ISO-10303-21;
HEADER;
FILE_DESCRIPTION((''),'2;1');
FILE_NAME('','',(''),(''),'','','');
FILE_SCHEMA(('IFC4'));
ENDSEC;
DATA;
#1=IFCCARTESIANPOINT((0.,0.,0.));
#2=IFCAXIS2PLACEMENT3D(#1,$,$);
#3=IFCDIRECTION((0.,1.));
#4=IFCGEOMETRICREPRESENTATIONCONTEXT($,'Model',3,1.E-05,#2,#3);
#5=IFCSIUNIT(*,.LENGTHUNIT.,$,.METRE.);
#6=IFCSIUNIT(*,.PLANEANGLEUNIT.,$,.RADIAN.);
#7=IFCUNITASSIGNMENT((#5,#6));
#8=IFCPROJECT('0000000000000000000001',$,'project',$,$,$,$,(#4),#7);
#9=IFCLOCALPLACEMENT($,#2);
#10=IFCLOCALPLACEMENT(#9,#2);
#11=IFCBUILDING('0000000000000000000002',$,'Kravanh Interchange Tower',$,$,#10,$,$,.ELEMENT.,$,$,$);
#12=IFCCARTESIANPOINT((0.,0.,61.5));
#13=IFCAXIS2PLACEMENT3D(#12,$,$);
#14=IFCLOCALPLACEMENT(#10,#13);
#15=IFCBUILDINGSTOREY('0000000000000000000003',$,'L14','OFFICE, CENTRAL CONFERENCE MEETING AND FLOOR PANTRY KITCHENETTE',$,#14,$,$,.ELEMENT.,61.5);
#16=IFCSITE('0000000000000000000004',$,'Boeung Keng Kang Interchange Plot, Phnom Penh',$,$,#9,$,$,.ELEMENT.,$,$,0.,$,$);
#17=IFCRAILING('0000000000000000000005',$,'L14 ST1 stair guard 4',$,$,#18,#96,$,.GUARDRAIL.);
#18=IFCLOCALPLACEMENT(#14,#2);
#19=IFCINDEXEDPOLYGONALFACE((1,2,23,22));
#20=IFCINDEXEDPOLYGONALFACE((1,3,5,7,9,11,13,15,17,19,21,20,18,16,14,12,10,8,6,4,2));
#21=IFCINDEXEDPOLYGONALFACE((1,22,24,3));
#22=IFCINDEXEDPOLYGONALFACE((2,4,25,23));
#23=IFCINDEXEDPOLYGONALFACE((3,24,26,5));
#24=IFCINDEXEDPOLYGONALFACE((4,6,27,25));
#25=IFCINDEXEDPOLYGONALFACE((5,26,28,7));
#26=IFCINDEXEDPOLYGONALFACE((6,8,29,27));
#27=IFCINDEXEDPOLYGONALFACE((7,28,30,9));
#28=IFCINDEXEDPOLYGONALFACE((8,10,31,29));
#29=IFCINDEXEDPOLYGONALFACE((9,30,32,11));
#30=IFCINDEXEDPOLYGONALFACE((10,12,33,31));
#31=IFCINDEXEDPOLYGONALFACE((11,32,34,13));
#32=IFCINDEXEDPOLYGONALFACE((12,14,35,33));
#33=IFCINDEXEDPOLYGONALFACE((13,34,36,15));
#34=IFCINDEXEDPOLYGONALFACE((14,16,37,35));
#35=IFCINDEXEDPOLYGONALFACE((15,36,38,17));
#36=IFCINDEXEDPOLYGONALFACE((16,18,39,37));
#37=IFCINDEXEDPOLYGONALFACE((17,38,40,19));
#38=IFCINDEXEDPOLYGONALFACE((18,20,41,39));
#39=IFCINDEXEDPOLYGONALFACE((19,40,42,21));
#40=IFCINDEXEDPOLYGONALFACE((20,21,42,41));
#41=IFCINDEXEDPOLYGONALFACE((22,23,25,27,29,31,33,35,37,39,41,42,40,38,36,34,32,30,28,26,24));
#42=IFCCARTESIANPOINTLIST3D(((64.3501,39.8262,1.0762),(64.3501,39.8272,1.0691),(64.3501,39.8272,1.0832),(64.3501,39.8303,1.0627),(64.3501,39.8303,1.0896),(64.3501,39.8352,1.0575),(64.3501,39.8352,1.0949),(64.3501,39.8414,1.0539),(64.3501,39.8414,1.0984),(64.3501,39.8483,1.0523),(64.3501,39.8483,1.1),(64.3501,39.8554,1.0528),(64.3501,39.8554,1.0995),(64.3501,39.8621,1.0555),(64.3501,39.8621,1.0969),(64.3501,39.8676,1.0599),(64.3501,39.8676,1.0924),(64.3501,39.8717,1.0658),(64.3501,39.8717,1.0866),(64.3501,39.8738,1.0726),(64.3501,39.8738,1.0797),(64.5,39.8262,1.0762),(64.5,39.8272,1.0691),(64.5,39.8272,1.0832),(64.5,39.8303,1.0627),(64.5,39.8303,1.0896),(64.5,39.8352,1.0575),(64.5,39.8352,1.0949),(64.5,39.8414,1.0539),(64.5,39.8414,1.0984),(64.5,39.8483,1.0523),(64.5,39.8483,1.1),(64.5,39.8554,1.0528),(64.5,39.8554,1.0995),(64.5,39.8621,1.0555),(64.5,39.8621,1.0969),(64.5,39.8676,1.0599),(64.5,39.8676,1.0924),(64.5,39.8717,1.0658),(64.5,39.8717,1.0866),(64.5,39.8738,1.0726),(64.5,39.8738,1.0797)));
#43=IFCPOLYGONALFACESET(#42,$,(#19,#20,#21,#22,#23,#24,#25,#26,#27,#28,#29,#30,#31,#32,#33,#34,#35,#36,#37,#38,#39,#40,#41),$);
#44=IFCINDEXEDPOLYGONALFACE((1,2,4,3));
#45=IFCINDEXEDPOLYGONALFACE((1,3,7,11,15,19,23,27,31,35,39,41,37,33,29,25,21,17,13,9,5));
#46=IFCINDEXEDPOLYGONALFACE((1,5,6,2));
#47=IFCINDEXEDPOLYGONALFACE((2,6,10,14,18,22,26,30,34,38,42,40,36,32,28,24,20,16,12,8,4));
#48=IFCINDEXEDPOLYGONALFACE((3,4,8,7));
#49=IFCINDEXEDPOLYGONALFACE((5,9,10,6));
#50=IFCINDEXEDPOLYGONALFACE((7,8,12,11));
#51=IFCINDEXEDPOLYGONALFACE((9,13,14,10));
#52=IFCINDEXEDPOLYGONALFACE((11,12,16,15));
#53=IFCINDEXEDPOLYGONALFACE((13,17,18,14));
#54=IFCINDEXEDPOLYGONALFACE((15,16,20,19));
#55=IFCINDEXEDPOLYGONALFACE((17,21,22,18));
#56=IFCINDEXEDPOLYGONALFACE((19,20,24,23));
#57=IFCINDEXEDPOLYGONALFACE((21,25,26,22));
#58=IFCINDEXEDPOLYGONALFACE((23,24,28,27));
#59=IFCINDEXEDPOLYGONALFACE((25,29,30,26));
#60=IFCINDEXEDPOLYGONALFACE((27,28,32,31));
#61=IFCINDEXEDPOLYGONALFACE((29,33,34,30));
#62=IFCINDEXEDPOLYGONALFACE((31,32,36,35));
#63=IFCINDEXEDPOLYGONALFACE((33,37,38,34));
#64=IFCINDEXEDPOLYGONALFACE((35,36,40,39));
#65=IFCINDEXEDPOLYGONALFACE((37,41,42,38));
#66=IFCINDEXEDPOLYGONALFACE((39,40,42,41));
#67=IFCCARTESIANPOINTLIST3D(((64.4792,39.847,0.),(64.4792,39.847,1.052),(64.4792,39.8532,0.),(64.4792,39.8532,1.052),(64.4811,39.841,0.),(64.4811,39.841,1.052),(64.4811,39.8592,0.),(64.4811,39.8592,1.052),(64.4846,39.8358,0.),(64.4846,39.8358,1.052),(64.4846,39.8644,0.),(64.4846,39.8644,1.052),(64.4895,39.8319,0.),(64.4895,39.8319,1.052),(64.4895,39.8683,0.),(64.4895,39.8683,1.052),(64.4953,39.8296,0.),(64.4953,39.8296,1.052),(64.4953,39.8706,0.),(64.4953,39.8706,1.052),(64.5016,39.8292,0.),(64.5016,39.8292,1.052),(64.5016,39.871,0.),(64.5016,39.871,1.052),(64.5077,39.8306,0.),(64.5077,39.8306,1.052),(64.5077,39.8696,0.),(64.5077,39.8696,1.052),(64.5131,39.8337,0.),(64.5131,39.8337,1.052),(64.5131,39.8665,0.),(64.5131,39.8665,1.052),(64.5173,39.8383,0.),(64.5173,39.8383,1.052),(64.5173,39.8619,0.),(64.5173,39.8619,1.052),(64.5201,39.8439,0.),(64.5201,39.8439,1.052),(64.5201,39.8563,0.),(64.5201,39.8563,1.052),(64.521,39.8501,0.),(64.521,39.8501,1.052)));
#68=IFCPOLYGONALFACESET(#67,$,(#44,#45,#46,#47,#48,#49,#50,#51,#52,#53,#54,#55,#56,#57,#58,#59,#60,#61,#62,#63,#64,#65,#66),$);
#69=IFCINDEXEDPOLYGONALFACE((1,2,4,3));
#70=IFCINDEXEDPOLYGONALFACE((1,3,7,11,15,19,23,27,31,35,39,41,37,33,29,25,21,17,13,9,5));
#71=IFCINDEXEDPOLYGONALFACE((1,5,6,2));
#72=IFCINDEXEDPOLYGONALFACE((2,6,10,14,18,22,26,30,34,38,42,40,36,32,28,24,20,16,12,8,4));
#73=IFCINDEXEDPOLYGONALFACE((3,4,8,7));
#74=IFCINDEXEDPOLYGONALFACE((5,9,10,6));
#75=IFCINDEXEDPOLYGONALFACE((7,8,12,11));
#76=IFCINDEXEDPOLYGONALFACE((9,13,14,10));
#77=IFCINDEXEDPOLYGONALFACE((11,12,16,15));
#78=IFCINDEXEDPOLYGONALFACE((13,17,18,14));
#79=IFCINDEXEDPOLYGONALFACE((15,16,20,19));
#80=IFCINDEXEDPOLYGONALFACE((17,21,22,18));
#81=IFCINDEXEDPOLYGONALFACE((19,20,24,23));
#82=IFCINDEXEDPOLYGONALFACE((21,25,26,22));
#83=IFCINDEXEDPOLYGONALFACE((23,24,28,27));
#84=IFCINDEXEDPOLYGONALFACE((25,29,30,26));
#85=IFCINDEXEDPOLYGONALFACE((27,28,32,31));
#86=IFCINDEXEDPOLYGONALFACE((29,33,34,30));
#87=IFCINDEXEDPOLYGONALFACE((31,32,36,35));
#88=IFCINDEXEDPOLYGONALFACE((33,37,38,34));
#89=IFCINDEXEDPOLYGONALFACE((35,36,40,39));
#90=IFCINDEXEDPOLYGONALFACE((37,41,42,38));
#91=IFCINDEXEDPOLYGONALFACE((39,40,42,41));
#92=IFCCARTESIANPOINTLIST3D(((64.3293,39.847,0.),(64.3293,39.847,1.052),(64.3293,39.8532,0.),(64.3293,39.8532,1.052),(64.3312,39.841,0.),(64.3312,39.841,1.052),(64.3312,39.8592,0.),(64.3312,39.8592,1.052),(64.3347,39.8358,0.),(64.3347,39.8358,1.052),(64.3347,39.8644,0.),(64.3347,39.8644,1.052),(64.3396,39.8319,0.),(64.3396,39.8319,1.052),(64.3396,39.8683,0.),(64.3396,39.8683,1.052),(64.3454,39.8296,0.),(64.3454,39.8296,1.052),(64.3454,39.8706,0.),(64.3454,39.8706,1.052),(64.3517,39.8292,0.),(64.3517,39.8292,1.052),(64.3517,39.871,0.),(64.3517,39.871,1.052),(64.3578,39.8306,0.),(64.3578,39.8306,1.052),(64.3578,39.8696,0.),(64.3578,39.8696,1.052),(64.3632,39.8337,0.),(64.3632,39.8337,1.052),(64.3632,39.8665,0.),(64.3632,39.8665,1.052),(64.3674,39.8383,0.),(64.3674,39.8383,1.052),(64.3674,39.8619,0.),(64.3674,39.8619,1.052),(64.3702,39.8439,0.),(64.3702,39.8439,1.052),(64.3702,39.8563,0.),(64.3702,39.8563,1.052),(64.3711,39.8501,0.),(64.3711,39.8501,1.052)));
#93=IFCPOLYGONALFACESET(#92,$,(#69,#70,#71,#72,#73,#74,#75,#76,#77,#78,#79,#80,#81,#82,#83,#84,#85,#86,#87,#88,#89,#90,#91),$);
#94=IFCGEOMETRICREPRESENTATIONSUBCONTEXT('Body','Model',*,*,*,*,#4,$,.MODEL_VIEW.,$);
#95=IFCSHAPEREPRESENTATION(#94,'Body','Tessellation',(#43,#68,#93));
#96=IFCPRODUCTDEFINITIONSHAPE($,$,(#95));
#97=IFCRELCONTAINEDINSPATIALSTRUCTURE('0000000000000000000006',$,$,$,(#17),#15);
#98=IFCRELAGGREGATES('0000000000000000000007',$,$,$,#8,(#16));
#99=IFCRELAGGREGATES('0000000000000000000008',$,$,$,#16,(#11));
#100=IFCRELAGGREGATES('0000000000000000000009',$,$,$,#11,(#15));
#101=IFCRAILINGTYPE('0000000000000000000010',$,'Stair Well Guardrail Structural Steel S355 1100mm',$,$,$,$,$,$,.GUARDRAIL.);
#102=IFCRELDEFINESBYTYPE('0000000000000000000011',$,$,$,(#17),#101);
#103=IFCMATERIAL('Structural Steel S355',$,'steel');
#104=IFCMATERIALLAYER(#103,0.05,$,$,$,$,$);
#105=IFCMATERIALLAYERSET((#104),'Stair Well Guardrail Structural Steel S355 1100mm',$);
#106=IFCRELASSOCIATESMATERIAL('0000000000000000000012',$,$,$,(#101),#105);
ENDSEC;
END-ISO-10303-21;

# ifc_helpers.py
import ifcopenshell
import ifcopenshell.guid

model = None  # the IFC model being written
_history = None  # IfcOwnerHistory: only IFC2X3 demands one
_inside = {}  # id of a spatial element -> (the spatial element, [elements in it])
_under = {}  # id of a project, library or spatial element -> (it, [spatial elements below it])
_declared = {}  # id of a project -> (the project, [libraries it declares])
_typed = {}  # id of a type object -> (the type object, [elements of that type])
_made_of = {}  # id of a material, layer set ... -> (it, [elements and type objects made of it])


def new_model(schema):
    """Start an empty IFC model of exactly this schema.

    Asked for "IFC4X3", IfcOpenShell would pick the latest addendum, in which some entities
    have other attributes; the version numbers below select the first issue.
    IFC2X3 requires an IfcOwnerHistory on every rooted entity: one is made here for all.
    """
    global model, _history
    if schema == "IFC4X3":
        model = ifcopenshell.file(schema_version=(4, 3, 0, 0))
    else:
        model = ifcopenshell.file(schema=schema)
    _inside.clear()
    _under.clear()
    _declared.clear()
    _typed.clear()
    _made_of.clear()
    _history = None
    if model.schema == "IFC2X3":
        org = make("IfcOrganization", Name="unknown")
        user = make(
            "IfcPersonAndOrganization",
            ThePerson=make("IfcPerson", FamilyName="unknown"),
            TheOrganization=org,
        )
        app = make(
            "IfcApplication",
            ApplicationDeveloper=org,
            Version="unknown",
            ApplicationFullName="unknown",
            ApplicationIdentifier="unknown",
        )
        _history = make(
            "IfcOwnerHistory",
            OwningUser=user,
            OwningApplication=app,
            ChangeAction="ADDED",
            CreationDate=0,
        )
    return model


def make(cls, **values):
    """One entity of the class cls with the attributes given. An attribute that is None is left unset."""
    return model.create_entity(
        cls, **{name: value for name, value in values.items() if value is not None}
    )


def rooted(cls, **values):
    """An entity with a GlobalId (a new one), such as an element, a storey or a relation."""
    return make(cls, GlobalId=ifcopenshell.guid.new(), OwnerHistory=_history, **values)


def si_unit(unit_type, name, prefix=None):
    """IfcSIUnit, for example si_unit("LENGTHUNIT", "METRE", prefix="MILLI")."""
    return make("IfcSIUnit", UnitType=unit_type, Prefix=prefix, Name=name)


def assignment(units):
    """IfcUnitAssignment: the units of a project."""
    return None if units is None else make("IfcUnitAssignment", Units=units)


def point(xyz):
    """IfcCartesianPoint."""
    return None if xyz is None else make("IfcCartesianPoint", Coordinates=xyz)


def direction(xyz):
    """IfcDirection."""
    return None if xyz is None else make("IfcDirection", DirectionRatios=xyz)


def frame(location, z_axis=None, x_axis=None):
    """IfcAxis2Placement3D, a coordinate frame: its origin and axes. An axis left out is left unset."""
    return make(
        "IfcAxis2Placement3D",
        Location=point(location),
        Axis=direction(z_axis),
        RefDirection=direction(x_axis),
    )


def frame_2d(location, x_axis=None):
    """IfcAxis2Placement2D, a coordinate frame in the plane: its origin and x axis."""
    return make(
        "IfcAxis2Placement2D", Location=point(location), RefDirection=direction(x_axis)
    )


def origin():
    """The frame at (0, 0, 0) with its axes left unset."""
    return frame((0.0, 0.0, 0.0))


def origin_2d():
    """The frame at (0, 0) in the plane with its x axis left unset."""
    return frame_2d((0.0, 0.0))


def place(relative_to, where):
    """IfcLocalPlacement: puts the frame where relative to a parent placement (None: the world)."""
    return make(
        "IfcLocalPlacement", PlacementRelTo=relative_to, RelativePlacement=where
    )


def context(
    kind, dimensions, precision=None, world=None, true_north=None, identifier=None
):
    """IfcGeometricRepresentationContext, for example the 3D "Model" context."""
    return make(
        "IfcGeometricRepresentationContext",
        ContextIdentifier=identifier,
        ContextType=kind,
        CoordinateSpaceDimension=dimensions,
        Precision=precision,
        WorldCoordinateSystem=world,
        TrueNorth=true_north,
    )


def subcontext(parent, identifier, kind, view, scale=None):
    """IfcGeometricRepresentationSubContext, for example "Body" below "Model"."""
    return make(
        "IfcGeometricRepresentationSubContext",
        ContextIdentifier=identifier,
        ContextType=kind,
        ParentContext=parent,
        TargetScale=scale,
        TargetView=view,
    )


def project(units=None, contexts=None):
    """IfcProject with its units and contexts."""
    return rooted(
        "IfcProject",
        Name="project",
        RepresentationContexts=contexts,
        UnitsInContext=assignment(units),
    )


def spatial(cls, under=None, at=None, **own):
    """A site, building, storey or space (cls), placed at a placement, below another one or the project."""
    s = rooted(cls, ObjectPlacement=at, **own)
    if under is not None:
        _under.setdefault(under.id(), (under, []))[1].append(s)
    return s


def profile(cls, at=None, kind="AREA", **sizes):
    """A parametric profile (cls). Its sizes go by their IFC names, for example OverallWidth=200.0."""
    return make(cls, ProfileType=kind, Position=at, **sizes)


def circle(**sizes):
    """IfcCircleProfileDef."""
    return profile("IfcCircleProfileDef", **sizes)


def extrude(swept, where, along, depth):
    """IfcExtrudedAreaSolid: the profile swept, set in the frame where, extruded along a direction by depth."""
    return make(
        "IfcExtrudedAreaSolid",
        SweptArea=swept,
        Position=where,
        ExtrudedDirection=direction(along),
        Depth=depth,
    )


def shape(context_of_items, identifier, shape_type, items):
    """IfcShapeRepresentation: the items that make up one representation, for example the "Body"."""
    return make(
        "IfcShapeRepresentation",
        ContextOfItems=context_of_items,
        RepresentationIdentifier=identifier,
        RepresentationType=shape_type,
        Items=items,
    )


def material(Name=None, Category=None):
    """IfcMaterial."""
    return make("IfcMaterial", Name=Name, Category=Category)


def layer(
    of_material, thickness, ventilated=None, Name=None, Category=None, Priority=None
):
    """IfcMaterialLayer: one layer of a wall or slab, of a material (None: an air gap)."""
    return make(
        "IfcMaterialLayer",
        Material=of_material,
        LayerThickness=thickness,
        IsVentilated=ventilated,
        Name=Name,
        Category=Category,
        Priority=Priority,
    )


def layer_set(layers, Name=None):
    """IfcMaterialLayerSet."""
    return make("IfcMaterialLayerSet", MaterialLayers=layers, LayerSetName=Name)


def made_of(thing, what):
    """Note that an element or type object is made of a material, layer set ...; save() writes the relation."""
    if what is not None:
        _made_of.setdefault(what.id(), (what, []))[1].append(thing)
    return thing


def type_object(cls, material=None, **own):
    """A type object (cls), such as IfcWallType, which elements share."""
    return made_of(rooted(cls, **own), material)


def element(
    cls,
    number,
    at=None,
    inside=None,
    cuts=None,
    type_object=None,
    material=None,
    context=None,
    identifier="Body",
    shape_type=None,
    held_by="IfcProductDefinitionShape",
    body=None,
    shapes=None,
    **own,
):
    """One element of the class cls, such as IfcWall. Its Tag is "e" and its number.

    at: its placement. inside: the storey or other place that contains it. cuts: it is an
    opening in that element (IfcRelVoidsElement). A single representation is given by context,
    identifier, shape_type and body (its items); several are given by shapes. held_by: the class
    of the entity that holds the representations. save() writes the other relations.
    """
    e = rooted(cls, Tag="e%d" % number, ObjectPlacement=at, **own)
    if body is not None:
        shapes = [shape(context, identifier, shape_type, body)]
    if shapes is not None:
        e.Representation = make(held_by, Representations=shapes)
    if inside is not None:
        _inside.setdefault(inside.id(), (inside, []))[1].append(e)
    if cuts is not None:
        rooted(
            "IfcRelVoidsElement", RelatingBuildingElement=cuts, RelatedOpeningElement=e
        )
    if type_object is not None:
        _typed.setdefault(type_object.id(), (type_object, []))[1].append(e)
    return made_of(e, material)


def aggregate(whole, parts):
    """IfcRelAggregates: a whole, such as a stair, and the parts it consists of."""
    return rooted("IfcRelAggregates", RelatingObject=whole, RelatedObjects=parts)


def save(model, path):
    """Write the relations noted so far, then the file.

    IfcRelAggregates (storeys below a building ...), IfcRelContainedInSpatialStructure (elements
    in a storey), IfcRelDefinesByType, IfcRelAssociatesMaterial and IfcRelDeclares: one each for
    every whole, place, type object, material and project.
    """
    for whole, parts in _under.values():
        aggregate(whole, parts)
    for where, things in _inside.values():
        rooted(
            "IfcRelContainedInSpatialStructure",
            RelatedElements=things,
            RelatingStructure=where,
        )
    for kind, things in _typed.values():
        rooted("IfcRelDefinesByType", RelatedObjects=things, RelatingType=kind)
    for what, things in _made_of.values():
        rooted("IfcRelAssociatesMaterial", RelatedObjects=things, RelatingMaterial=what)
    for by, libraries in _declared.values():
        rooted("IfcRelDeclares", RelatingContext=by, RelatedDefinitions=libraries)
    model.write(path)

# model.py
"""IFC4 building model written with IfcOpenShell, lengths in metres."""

from ifc_helpers import new_model, si_unit, direction, frame, origin, origin_2d, place, context, subcontext, project, spatial, circle, extrude, material, layer, layer_set, type_object, element, save


model = new_model("IFC4")

# Units and contexts
model_context = context("Model", 3, precision=1e-05, world=origin(), true_north=direction((0.0, 1.0)))
body_context = subcontext(model_context, "Body", "Model", "MODEL_VIEW")
ifc_project = project(units=[si_unit("LENGTHUNIT", "METRE"), si_unit("PLANEANGLEUNIT", "RADIAN")], contexts=[model_context])

# Site, building, storey
site_placement = place(None, origin())
site = spatial("IfcSite", under=ifc_project, at=site_placement, Name="Boeung Keng Kang Interchange Plot, Phnom Penh", CompositionType="ELEMENT", RefElevation=0.0)
building_placement = place(site_placement, origin())
building = spatial("IfcBuilding", under=site, at=building_placement, Name="Kravanh Interchange Tower", CompositionType="ELEMENT")
storey_placement = place(building_placement, frame((0.0, 0.0, 61.5)))
storey = spatial("IfcBuildingStorey", under=building, at=storey_placement, Name="L14", Description="OFFICE, CENTRAL CONFERENCE MEETING AND FLOOR PANTRY KITCHENETTE", CompositionType="ELEMENT", Elevation=61.5)

# Railing
ifc_material_1 = material(Name="Structural Steel S355", Category="steel")
ifc_layer_1 = layer(ifc_material_1, 0.05)
ifc_layer_set_1 = layer_set([ifc_layer_1], Name="Stair Well Guardrail Structural Steel S355 1100mm")
railing_type_1 = type_object("IfcRailingType", Name="Stair Well Guardrail Structural Steel S355 1100mm", PredefinedType="GUARDRAIL", material=ifc_layer_set_1)
railing_1_placement = place(storey_placement, frame((64.5, 39.8501, 0.0)))
element("IfcRailing", 1, at=railing_1_placement, inside=storey, type_object=railing_type_1, Name="L14 ST1 stair guard 4", PredefinedType="GUARDRAIL", context=body_context, shape_type="SweptSolid", body=[
    extrude(circle(Radius=0.0239, at=origin_2d()), frame((0.0, 0.0, 1.0762), z_axis=(-1.0, 0.0, 0.0), x_axis=(0.0, -1.0, 0.0)), (0.0, 0.0, 1.0), 0.1499),
    extrude(circle(Radius=0.021, at=origin_2d()), origin(), (0.0, 0.0, 1.0), 1.052),
    extrude(circle(Radius=0.021, at=origin_2d()), frame((-0.1499, 0.0, 0.0)), (0.0, 0.0, 1.0), 1.052),
])

save(model, "model.ifc")
